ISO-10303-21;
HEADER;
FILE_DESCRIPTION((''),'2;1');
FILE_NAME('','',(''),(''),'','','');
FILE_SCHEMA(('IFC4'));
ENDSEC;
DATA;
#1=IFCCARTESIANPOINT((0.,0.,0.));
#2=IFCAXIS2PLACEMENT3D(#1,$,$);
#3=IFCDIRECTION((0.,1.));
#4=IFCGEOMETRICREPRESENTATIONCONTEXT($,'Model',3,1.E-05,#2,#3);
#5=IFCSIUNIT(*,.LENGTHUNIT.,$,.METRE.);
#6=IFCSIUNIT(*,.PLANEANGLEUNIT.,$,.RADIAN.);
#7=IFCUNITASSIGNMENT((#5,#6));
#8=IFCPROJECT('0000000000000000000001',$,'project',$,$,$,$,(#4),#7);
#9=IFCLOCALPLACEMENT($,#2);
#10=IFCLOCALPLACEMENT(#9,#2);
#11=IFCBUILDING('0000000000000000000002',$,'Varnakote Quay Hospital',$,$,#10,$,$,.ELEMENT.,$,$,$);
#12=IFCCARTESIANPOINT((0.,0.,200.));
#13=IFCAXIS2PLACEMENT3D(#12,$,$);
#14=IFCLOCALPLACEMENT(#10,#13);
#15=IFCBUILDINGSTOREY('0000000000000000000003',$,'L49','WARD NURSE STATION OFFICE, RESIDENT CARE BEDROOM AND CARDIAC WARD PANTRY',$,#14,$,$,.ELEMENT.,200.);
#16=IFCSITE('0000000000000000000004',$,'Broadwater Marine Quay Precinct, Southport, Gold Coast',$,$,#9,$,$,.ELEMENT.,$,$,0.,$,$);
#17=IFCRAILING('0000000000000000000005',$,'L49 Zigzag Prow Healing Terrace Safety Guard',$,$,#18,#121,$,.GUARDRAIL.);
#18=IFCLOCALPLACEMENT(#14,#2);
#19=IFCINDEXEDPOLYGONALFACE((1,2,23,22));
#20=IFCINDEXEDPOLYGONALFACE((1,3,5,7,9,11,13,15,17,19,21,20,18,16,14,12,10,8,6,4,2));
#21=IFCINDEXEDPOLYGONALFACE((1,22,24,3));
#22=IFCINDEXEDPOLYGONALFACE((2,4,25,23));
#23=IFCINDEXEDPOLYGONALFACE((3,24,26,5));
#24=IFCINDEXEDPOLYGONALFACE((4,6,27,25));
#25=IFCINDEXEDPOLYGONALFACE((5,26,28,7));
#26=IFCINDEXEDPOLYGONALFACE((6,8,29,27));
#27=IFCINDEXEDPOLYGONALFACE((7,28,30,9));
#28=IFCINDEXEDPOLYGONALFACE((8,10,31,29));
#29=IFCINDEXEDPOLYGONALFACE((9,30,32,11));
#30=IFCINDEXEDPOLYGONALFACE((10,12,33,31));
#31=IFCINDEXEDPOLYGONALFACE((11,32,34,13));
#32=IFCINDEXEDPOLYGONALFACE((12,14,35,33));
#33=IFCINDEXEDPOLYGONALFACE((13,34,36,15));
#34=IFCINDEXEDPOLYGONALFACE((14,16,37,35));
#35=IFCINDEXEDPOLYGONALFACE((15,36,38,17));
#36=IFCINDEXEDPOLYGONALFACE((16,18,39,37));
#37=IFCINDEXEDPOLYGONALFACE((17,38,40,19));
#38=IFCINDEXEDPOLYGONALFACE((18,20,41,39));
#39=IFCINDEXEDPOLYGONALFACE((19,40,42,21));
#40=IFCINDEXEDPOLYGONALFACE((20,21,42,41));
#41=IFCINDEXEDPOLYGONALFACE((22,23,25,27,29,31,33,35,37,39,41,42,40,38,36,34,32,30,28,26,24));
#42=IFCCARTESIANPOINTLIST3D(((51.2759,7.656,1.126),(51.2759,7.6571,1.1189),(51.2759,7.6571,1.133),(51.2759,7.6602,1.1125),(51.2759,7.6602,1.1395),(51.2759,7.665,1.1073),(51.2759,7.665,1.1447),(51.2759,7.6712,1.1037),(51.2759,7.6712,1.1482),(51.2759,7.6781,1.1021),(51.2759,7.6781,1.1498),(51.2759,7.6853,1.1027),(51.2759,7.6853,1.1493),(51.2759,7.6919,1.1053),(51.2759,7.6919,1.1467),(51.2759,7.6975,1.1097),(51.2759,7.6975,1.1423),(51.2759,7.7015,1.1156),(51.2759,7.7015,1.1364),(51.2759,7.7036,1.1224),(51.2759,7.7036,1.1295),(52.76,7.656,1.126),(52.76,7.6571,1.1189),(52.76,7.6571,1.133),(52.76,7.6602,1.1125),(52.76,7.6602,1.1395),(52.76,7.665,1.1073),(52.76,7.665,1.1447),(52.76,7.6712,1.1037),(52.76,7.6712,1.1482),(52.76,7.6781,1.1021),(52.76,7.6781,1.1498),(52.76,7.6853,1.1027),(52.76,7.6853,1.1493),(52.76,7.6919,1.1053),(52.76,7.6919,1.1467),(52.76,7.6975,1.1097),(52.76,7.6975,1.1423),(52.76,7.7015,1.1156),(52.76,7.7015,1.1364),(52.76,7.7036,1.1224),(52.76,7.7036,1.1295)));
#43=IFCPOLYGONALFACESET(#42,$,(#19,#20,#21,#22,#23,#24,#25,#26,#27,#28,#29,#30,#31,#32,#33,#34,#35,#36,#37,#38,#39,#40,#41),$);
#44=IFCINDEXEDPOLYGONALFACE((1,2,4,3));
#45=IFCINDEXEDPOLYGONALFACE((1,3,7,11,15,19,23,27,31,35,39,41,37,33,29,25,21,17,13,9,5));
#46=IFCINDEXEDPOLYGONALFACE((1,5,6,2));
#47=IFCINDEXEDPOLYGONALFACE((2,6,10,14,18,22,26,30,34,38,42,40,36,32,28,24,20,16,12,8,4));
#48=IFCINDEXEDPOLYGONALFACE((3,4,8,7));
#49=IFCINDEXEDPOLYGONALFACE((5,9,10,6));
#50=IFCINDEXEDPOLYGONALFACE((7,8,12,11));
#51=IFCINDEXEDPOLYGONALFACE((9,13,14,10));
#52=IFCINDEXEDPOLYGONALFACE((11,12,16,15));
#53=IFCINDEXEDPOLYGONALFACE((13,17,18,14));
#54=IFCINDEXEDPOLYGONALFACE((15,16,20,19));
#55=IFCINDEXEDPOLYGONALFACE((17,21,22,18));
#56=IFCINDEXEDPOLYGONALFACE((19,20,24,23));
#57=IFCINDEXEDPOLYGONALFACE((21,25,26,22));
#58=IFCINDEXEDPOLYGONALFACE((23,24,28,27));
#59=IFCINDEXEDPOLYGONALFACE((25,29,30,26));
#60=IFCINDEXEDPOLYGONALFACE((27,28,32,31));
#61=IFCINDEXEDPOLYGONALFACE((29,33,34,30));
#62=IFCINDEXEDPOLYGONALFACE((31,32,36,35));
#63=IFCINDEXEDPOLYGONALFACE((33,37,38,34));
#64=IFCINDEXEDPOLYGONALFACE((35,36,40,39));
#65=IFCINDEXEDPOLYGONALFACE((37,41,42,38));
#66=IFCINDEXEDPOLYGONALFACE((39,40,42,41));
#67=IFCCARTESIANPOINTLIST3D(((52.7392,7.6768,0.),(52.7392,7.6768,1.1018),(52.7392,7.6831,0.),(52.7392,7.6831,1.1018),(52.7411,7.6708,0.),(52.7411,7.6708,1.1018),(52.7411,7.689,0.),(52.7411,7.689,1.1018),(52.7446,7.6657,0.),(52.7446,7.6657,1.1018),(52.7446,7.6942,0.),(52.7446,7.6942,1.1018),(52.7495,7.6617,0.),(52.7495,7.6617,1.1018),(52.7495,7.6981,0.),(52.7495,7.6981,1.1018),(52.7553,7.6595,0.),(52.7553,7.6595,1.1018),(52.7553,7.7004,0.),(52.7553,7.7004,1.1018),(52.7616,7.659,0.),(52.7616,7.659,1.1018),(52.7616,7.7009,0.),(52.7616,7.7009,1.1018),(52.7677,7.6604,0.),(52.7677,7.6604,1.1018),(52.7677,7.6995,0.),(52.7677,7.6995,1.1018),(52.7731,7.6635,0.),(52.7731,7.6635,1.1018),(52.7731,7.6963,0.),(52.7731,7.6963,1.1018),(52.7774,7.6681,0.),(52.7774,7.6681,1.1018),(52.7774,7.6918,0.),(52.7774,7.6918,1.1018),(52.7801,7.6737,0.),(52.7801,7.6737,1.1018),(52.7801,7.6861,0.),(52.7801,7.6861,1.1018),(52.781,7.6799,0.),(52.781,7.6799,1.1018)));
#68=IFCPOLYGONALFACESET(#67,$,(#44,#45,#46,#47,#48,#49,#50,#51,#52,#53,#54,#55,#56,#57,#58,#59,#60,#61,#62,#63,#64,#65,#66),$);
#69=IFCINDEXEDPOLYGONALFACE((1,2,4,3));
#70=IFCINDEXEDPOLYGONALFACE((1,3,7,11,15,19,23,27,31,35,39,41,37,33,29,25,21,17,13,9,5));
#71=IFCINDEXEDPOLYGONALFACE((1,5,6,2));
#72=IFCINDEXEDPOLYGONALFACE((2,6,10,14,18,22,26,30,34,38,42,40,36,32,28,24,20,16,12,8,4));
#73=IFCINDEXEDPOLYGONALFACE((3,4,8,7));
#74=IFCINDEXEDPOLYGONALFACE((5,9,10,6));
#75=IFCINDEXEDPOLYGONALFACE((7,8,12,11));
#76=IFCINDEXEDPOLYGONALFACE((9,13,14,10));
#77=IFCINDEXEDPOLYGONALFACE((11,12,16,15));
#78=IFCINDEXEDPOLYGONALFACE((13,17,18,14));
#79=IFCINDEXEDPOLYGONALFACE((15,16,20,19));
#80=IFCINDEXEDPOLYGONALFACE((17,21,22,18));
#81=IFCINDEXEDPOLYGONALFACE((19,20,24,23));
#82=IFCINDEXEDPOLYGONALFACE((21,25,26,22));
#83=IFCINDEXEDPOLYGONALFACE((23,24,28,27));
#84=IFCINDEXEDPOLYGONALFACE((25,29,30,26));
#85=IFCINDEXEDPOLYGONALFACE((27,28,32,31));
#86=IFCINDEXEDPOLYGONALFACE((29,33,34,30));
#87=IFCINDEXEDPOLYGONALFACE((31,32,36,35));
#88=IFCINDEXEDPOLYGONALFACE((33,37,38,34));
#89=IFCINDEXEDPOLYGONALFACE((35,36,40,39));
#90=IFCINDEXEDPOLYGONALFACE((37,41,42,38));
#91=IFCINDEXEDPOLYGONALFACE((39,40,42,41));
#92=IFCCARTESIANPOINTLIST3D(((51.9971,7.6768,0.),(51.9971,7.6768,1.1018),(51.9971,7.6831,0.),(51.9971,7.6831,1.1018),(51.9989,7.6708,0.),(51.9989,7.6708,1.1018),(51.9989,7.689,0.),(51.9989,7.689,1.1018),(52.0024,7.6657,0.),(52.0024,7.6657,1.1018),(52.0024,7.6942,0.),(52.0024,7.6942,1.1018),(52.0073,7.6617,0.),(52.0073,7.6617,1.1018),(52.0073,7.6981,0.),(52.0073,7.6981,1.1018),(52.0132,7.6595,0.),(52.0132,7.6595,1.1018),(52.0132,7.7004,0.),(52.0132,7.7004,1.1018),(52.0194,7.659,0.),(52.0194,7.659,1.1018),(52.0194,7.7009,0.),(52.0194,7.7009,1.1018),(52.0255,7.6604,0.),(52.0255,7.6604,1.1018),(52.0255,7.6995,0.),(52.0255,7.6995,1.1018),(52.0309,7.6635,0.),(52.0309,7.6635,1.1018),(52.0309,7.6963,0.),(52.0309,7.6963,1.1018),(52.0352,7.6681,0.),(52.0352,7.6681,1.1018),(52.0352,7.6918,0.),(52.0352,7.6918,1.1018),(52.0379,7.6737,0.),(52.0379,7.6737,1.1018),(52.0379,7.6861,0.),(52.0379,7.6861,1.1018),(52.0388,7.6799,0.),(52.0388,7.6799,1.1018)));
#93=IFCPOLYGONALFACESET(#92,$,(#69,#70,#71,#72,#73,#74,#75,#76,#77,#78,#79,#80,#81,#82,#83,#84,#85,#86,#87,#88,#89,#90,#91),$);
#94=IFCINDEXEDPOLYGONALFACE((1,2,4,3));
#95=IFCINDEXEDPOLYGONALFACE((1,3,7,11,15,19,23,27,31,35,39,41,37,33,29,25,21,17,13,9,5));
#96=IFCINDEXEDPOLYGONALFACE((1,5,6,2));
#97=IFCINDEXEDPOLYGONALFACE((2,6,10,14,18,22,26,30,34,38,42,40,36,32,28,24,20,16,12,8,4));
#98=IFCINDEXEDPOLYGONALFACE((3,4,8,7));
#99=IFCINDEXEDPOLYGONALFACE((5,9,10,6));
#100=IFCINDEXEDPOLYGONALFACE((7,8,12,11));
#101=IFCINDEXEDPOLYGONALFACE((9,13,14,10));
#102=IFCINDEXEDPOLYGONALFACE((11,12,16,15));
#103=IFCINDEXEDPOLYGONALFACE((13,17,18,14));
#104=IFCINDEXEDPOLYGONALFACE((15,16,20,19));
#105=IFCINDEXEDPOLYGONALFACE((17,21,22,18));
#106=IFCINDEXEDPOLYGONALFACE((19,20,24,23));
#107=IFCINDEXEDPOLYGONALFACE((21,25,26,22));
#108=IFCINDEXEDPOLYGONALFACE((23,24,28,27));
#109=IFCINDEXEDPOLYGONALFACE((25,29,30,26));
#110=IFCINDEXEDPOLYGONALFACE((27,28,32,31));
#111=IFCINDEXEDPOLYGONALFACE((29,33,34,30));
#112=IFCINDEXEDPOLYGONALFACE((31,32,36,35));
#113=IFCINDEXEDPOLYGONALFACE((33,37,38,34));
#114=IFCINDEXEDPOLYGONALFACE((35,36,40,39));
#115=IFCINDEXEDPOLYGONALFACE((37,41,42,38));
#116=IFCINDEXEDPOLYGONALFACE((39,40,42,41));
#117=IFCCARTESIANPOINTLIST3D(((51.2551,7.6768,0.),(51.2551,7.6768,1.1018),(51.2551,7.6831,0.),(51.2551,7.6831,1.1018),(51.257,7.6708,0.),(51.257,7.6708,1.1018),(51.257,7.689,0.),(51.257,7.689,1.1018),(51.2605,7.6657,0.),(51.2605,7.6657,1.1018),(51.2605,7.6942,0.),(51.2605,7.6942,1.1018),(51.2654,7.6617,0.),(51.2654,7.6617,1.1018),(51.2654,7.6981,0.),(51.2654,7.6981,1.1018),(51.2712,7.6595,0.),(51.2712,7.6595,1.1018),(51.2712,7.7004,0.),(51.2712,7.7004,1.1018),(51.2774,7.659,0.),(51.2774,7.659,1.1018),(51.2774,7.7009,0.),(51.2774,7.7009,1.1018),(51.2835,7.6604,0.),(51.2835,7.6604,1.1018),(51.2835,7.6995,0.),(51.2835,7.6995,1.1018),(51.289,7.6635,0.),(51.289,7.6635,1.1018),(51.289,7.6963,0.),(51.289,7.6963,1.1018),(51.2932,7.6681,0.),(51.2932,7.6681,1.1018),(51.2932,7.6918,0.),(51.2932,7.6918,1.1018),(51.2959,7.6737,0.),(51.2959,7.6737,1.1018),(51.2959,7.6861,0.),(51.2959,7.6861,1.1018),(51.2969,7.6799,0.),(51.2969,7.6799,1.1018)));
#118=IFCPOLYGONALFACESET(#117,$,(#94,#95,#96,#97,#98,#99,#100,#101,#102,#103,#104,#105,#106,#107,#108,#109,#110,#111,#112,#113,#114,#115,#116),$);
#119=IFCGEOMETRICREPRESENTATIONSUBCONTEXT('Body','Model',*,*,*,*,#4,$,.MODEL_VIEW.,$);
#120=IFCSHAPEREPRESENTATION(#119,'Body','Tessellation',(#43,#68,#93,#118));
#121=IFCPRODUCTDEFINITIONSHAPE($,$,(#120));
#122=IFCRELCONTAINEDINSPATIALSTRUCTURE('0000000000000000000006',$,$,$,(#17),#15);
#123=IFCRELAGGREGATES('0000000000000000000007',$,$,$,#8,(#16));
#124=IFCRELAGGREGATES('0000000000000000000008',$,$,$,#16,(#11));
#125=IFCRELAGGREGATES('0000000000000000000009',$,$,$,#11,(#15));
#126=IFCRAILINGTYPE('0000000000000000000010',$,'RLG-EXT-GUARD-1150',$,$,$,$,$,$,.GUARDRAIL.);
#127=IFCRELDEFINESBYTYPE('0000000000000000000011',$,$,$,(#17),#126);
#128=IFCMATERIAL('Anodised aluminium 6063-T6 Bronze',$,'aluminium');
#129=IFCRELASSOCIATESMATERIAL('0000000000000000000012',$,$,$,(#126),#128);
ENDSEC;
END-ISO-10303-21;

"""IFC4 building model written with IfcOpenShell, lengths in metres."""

from ifc_helpers import new_model, si_unit, direction, frame, origin, origin_2d, place, context, subcontext, project, spatial, circle, extrude, material, type_object, element, save


model = new_model("IFC4")

# Units and contexts
model_context = context("Model", 3, precision=1e-05, world=origin(), true_north=direction((0.0, 1.0)))
body_context = subcontext(model_context, "Body", "Model", "MODEL_VIEW")
ifc_project = project(units=[si_unit("LENGTHUNIT", "METRE"), si_unit("PLANEANGLEUNIT", "RADIAN")], contexts=[model_context])

# Site, building, storey
site_placement = place(None, origin())
site = spatial("IfcSite", under=ifc_project, at=site_placement, Name="Broadwater Marine Quay Precinct, Southport, Gold Coast", CompositionType="ELEMENT", RefElevation=0.0)
building_placement = place(site_placement, origin())
building = spatial("IfcBuilding", under=site, at=building_placement, Name="Varnakote Quay Hospital", CompositionType="ELEMENT")
storey_placement = place(building_placement, frame((0.0, 0.0, 200.0)))
storey = spatial("IfcBuildingStorey", under=building, at=storey_placement, Name="L49", Description="WARD NURSE STATION OFFICE, RESIDENT CARE BEDROOM AND CARDIAC WARD PANTRY", CompositionType="ELEMENT", Elevation=200.0)

# Railing
ifc_material_1 = material(Name="Anodised aluminium 6063-T6 Bronze", Category="aluminium")
railing_type = type_object("IfcRailingType", Name="RLG-EXT-GUARD-1150", PredefinedType="GUARDRAIL", material=ifc_material_1)
railing_1_placement = place(storey_placement, frame((52.76, 7.6799, 0.0)))
element("IfcRailing", 1, at=railing_1_placement, inside=storey, type_object=railing_type, Name="L49 Zigzag Prow Healing Terrace Safety Guard", PredefinedType="GUARDRAIL", context=body_context, shape_type="SweptSolid", body=[
    extrude(circle(Radius=0.0239, at=origin_2d()), frame((0.0, 0.0, 1.126), z_axis=(-1.0, 0.0, 0.0), x_axis=(0.0, -1.0, 0.0)), (0.0, 0.0, 1.0), 1.4841),
    extrude(circle(Radius=0.021, at=origin_2d()), origin(), (0.0, 0.0, 1.0), 1.1018),
    extrude(circle(Radius=0.021, at=origin_2d()), frame((-0.7422, 0.0, 0.0)), (0.0, 0.0, 1.0), 1.1018),
    extrude(circle(Radius=0.021, at=origin_2d()), frame((-1.4841, 0.0, 0.0)), (0.0, 0.0, 1.0), 1.1018),
])

save(model, "model.ifc")
